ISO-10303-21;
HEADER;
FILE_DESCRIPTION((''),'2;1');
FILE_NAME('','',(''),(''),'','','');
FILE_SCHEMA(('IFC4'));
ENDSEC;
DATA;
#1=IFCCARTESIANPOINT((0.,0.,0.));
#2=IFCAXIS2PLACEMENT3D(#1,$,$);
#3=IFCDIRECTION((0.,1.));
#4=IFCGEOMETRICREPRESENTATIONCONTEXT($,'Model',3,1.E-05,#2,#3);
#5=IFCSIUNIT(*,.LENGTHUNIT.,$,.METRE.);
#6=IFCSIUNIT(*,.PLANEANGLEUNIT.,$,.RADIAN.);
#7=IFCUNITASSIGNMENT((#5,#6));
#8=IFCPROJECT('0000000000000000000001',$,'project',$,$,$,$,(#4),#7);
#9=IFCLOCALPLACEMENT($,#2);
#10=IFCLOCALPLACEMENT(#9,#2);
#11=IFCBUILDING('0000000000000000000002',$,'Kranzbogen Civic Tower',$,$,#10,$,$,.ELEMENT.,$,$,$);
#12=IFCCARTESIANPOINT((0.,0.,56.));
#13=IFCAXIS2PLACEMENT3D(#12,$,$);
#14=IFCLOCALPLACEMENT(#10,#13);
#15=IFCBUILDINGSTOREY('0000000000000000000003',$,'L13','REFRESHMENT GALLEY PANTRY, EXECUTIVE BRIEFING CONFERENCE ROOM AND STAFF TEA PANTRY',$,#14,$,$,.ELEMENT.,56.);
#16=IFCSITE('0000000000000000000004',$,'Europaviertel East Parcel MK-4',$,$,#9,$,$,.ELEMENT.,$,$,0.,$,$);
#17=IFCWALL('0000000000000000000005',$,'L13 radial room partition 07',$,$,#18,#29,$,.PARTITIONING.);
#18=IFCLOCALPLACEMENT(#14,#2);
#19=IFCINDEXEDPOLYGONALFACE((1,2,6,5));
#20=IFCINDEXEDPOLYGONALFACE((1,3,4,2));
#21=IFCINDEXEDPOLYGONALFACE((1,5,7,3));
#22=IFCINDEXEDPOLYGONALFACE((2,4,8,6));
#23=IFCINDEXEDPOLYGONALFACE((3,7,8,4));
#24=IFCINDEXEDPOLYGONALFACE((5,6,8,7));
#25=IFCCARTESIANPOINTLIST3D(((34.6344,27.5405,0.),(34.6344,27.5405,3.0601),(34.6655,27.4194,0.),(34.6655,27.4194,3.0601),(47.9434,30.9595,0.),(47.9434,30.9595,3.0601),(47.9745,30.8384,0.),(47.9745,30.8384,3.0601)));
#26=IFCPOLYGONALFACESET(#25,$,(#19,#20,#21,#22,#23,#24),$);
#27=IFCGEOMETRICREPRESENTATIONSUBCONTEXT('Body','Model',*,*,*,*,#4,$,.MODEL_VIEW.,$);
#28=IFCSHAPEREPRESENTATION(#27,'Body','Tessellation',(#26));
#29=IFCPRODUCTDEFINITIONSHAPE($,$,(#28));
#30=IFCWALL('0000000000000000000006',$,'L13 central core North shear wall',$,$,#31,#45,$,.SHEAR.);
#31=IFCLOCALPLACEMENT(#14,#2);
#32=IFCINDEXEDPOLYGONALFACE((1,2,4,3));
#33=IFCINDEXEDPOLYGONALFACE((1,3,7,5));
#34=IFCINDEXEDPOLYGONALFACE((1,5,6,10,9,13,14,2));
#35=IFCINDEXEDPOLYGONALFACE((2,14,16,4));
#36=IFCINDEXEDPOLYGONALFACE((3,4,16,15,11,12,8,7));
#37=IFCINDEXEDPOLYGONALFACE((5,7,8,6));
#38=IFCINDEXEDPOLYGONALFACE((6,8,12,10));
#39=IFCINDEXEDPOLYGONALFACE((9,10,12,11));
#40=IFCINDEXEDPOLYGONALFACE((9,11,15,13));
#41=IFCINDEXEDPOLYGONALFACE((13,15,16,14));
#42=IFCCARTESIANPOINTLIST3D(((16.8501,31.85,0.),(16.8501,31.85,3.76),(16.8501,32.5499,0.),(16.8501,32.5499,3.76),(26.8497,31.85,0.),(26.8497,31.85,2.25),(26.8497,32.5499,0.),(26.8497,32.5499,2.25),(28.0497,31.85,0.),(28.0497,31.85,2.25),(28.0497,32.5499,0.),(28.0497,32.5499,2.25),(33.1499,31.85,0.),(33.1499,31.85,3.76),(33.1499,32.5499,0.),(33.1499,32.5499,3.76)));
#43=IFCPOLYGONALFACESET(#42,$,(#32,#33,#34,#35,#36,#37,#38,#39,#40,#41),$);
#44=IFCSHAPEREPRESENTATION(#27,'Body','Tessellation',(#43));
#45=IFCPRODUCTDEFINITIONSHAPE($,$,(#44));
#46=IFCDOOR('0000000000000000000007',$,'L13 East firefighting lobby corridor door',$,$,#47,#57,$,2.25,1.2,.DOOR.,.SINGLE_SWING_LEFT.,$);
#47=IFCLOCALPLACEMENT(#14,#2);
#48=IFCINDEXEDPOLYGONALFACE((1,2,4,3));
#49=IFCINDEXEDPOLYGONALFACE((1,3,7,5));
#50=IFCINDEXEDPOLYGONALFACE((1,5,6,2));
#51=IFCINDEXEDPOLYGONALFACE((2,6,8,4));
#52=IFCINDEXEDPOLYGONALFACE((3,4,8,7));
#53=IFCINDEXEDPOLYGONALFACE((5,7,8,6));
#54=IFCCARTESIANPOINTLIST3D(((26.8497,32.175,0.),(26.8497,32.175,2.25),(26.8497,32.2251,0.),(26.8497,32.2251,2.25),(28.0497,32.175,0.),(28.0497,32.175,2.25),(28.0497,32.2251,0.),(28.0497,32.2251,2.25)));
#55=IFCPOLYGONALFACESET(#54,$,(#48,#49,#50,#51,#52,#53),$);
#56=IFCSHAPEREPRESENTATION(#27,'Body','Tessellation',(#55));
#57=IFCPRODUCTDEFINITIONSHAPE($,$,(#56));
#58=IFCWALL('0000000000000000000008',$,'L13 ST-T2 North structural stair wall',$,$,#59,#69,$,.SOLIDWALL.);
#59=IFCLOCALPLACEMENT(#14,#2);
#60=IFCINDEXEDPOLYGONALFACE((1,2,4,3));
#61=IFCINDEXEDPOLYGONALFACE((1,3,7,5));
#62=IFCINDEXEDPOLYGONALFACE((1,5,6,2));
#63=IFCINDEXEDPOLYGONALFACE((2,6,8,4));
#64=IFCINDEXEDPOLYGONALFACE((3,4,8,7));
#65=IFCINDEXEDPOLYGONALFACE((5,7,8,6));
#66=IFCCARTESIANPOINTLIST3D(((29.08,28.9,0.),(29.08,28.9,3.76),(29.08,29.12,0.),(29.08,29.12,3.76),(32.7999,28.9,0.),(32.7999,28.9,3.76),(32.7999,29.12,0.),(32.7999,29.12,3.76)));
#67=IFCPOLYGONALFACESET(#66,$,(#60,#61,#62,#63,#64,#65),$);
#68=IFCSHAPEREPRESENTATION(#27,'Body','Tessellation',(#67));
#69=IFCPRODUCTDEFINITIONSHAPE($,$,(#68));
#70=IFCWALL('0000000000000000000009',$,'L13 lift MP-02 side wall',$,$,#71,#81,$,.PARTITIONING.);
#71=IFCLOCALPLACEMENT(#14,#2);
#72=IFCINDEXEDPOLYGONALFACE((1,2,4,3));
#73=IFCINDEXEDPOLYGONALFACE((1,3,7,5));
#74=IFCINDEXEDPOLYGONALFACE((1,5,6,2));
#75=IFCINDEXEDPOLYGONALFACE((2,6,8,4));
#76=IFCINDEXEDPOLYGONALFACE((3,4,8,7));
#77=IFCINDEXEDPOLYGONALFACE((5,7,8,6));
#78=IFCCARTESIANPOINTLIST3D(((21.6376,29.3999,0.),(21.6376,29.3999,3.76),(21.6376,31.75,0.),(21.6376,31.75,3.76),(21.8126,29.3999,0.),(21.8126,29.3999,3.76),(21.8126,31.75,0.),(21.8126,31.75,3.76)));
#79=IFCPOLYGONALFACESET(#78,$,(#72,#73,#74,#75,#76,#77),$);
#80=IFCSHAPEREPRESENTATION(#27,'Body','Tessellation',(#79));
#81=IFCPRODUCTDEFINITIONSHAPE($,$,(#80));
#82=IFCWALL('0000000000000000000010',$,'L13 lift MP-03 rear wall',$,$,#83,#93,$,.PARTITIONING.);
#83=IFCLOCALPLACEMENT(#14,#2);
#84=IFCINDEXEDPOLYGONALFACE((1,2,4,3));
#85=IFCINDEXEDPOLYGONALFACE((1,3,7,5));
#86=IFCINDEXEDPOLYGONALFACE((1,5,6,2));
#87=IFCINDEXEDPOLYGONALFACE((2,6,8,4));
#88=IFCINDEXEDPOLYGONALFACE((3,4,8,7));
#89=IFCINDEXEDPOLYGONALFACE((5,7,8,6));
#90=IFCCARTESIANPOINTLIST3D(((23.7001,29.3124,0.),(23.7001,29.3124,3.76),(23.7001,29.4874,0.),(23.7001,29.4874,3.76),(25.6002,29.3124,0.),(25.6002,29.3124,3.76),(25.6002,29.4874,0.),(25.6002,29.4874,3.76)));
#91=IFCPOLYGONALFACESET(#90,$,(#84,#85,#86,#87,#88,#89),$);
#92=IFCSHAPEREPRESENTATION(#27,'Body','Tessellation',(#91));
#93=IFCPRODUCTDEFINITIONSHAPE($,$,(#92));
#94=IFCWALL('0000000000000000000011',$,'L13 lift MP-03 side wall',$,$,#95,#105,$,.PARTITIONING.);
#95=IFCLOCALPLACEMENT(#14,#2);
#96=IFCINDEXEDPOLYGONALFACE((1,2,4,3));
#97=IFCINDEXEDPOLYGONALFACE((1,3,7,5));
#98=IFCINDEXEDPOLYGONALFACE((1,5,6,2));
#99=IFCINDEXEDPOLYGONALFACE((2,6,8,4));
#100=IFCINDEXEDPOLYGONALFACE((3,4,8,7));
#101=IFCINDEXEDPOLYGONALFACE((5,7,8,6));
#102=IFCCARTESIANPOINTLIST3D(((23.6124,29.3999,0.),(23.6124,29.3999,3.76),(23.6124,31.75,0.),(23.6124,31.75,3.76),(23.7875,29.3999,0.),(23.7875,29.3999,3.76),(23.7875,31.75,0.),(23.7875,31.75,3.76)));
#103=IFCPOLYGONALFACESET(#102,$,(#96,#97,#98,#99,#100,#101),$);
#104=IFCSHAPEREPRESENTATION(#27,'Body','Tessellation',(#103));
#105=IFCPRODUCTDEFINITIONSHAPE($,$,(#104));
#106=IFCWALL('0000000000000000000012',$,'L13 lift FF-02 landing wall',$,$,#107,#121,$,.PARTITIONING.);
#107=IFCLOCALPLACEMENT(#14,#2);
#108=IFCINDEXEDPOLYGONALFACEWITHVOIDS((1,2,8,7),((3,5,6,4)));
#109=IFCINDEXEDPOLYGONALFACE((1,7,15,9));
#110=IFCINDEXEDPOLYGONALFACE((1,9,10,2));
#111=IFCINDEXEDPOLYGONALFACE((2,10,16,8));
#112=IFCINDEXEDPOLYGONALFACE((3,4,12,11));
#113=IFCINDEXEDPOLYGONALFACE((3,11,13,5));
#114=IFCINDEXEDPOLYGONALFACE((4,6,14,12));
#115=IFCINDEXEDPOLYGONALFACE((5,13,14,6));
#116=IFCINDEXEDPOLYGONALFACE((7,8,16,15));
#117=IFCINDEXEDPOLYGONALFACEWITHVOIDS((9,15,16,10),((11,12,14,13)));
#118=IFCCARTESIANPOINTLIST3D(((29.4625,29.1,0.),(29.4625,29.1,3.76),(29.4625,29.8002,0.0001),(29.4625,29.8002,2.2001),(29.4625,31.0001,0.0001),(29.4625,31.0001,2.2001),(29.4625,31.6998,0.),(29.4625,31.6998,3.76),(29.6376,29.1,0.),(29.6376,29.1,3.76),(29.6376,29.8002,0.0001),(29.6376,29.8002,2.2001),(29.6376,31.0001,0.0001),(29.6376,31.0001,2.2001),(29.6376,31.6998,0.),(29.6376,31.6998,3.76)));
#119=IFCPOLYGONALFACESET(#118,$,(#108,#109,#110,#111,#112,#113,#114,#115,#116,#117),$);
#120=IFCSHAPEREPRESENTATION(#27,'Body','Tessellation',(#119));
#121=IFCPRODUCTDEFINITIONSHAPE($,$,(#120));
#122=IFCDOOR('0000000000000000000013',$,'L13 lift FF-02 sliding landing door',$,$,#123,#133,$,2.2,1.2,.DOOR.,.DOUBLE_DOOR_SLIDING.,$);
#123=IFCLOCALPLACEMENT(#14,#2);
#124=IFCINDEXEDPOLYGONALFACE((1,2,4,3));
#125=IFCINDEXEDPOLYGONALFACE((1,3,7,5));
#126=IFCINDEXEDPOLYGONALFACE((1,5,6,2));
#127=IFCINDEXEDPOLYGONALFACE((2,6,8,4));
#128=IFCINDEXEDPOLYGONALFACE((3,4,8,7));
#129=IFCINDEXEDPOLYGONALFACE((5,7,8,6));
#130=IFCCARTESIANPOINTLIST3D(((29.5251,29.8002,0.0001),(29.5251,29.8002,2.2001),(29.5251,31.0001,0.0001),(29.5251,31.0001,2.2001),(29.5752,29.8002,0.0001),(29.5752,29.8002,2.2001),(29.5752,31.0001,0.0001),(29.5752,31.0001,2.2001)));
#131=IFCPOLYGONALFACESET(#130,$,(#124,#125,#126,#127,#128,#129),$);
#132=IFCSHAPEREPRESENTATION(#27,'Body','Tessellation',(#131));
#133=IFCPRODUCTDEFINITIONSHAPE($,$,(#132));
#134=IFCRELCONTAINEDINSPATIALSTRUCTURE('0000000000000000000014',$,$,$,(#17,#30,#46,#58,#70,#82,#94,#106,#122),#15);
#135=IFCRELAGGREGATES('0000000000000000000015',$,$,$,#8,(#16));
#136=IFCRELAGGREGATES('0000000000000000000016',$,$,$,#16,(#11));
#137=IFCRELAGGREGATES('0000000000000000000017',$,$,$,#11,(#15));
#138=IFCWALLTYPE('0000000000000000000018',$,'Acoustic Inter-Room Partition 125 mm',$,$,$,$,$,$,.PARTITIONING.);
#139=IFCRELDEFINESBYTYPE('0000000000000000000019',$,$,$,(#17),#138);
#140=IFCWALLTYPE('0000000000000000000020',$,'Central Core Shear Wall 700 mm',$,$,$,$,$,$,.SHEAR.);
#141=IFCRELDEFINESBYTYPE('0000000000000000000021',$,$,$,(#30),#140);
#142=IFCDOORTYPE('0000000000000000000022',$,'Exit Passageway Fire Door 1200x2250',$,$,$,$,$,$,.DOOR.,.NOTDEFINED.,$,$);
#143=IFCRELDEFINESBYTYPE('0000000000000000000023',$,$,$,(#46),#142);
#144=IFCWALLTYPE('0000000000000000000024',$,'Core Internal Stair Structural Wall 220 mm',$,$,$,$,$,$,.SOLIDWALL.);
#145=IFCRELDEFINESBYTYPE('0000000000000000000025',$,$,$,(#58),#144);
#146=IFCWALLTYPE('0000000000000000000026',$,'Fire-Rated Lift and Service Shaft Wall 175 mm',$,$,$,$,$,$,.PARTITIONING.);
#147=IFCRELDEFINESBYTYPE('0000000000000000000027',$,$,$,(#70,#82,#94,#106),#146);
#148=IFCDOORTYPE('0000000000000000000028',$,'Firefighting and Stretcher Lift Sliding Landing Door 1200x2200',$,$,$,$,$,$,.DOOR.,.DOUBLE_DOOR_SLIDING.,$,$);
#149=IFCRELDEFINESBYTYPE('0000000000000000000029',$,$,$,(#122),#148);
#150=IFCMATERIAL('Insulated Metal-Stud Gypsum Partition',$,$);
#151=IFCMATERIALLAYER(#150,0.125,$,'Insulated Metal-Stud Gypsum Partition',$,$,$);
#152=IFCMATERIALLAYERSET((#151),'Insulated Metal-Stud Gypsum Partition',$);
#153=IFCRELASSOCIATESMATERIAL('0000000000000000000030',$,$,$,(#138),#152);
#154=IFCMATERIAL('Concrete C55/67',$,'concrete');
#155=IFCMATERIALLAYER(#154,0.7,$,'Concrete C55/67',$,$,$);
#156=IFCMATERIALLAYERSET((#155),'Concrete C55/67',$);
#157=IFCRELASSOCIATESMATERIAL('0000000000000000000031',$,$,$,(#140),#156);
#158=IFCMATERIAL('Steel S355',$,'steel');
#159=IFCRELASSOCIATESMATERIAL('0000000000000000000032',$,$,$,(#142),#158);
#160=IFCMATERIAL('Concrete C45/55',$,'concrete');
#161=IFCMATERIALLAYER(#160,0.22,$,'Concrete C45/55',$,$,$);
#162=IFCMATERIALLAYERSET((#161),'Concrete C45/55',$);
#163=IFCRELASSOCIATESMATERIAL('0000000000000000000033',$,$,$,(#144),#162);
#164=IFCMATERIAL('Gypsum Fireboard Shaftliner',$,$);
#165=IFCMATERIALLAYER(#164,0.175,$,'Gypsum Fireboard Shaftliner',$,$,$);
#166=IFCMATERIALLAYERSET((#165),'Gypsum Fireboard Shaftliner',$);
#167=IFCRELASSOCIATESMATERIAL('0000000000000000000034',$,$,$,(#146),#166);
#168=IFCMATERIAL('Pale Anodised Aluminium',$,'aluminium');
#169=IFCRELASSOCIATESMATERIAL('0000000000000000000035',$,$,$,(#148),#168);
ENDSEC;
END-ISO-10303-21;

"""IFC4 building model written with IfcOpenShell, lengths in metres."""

from ifc_helpers import new_model, si_unit, direction, frame, frame_2d, origin, place, context, subcontext, project, spatial, rectangle, extrude, material, layer, layer_set, type_object, element, fill, save


model = new_model("IFC4")

# Units and contexts
model_context = context("Model", 3, precision=1e-05, world=origin(), true_north=direction((0.0, 1.0)))
body_context = subcontext(model_context, "Body", "Model", "MODEL_VIEW")
ifc_project = project(units=[si_unit("LENGTHUNIT", "METRE"), si_unit("PLANEANGLEUNIT", "RADIAN")], contexts=[model_context])

# Site, building, storey
site_placement = place(None, origin())
site = spatial("IfcSite", under=ifc_project, at=site_placement, Name="Europaviertel East Parcel MK-4", CompositionType="ELEMENT", RefElevation=0.0)
building_placement = place(site_placement, origin())
building = spatial("IfcBuilding", under=site, at=building_placement, Name="Kranzbogen Civic Tower", CompositionType="ELEMENT")
storey_placement = place(building_placement, frame((0.0, 0.0, 56.0)))
storey = spatial("IfcBuildingStorey", under=building, at=storey_placement, Name="L13", Description="REFRESHMENT GALLEY PANTRY, EXECUTIVE BRIEFING CONFERENCE ROOM AND STAFF TEA PANTRY", CompositionType="ELEMENT", Elevation=56.0)

# Shared definitions
ifc_material_1 = material(Name="Steel S355", Category="steel")

# Wall
ifc_material_2 = material(Name="Insulated Metal-Stud Gypsum Partition")
ifc_layer_1 = layer(ifc_material_2, 0.125, Name="Insulated Metal-Stud Gypsum Partition")
ifc_layer_set_1 = layer_set([ifc_layer_1], Name="Insulated Metal-Stud Gypsum Partition")
wall_type_1 = type_object("IfcWallType", Name="Acoustic Inter-Room Partition 125 mm", PredefinedType="PARTITIONING", material=ifc_layer_set_1)
wall_1_placement = place(storey_placement, frame((34.6499, 27.48, 0.0), z_axis=(0.0, 0.0, 1.0), x_axis=(0.968552, 0.24881, 0.0)))
element("IfcWall", 1, at=wall_1_placement, inside=storey, type_object=wall_type_1, Name="L13 radial room partition 07", PredefinedType="PARTITIONING", context=body_context, shape_type="SweptSolid", body=[
    extrude(rectangle(XDim=13.7412, YDim=0.125, at=frame_2d((6.8706, 0.0))), origin(), (0.0, 0.0, 1.0), 3.0601),
])

# Wall, opening, door
ifc_material_3 = material(Name="Concrete C55/67", Category="concrete")
ifc_layer_2 = layer(ifc_material_3, 0.7, Name="Concrete C55/67")
ifc_layer_set_2 = layer_set([ifc_layer_2], Name="Concrete C55/67")
wall_type_2 = type_object("IfcWallType", Name="Central Core Shear Wall 700 mm", PredefinedType="SHEAR", material=ifc_layer_set_2)
wall_2_placement = place(storey_placement, frame((33.1499, 32.2, 0.0), z_axis=(0.0, 0.0, 1.0), x_axis=(-1.0, 0.0, 0.0)))
wall_2 = element("IfcWall", 2, at=wall_2_placement, inside=storey, type_object=wall_type_2, Name="L13 central core North shear wall", PredefinedType="SHEAR", context=body_context, shape_type="SweptSolid", body=[
    extrude(rectangle(XDim=16.2998, YDim=0.7, at=frame_2d((8.1499, 0.0))), origin(), (0.0, 0.0, 1.0), 3.76),
])
opening_1_placement = place(wall_2_placement, frame((5.1001, 0.0, 0.0)))
opening_1 = element("IfcOpeningElement", 3, at=opening_1_placement, cuts=wall_2, PredefinedType="OPENING", context=body_context, shape_type="SweptSolid", body=[
    extrude(rectangle(XDim=1.2, YDim=2.25, at=frame_2d((0.6001, 1.125))), frame((0.0, 0.3599, 0.0), z_axis=(0.0, -1.0, 0.0), x_axis=(1.0, 0.0, 0.0)), (0.0, 0.0, 1.0), 0.72),
])
door_type_1 = type_object("IfcDoorType", Name="Exit Passageway Fire Door 1200x2250", OperationType="NOTDEFINED", PredefinedType="DOOR", material=ifc_material_1)
door_1_placement = place(opening_1_placement, origin())
door_1 = element("IfcDoor", 4, at=door_1_placement, inside=storey, type_object=door_type_1, Name="L13 East firefighting lobby corridor door", OperationType="SINGLE_SWING_LEFT", OverallHeight=2.25, OverallWidth=1.2, PredefinedType="DOOR", context=body_context, shape_type="SweptSolid", body=[
    extrude(rectangle(XDim=1.2, YDim=2.25, at=frame_2d((0.6001, 1.125))), frame((0.0, 0.0249, 0.0), z_axis=(0.0, -1.0, 0.0), x_axis=(1.0, 0.0, 0.0)), (0.0, 0.0, 1.0), 0.05),
])
fill(opening_1, door_1)

# Walls
ifc_material_4 = material(Name="Concrete C45/55", Category="concrete")
ifc_layer_3 = layer(ifc_material_4, 0.22, Name="Concrete C45/55")
ifc_layer_set_3 = layer_set([ifc_layer_3], Name="Concrete C45/55")
wall_type_3 = type_object("IfcWallType", Name="Core Internal Stair Structural Wall 220 mm", PredefinedType="SOLIDWALL", material=ifc_layer_set_3)
wall_3_placement = place(storey_placement, frame((29.0801, 29.01, 0.0), z_axis=(0.0, 0.0, 1.0), x_axis=(1.0, 0.0, 0.0)))
element("IfcWall", 5, at=wall_3_placement, inside=storey, type_object=wall_type_3, Name="L13 ST-T2 North structural stair wall", PredefinedType="SOLIDWALL", context=body_context, shape_type="SweptSolid", body=[
    extrude(rectangle(XDim=3.72, YDim=0.22, at=frame_2d((1.8599, 0.0))), origin(), (0.0, 0.0, 1.0), 3.76),
])
ifc_material_5 = material(Name="Gypsum Fireboard Shaftliner")
ifc_layer_4 = layer(ifc_material_5, 0.175, Name="Gypsum Fireboard Shaftliner")
ifc_layer_set_4 = layer_set([ifc_layer_4], Name="Gypsum Fireboard Shaftliner")
wall_type_4 = type_object("IfcWallType", Name="Fire-Rated Lift and Service Shaft Wall 175 mm", PredefinedType="PARTITIONING", material=ifc_layer_set_4)
wall_4_placement = place(storey_placement, frame((21.7251, 29.3999, 0.0), z_axis=(0.0, 0.0, 1.0), x_axis=(0.0, 1.0, 0.0)))
element("IfcWall", 6, at=wall_4_placement, inside=storey, type_object=wall_type_4, Name="L13 lift MP-02 side wall", PredefinedType="PARTITIONING", context=body_context, shape_type="SweptSolid", body=[
    extrude(rectangle(XDim=2.3501, YDim=0.175, at=frame_2d((1.175, 0.0))), origin(), (0.0, 0.0, 1.0), 3.76),
])
wall_5_placement = place(storey_placement, frame((23.7, 29.3999, 0.0), z_axis=(0.0, 0.0, 1.0), x_axis=(1.0, 0.0, 0.0)))
element("IfcWall", 7, at=wall_5_placement, inside=storey, type_object=wall_type_4, Name="L13 lift MP-03 rear wall", PredefinedType="PARTITIONING", context=body_context, shape_type="SweptSolid", body=[
    extrude(rectangle(XDim=1.9001, YDim=0.175, at=frame_2d((0.9502, 0.0))), origin(), (0.0, 0.0, 1.0), 3.76),
])
wall_6_placement = place(storey_placement, frame((23.7, 29.3999, 0.0), z_axis=(0.0, 0.0, 1.0), x_axis=(0.0, 1.0, 0.0)))
element("IfcWall", 8, at=wall_6_placement, inside=storey, type_object=wall_type_4, Name="L13 lift MP-03 side wall", PredefinedType="PARTITIONING", context=body_context, shape_type="SweptSolid", body=[
    extrude(rectangle(XDim=2.3501, YDim=0.175, at=frame_2d((1.175, 0.0))), origin(), (0.0, 0.0, 1.0), 3.76),
])

# Wall, opening, door
wall_7_placement = place(storey_placement, frame((29.55, 29.1001, 0.0), z_axis=(0.0, 0.0, 1.0), x_axis=(0.0, 1.0, 0.0)))
wall_7 = element("IfcWall", 9, at=wall_7_placement, inside=storey, type_object=wall_type_4, Name="L13 lift FF-02 landing wall", PredefinedType="PARTITIONING", context=body_context, shape_type="SweptSolid", body=[
    extrude(rectangle(XDim=2.5999, YDim=0.175, at=frame_2d((1.2998, 0.0))), origin(), (0.0, 0.0, 1.0), 3.76),
])
opening_2_placement = place(wall_7_placement, frame((0.7, 0.0, 0.0)))
opening_2 = element("IfcOpeningElement", 10, at=opening_2_placement, cuts=wall_7, PredefinedType="OPENING", context=body_context, shape_type="SweptSolid", body=[
    extrude(rectangle(XDim=1.2, YDim=2.2, at=frame_2d((0.6001, 1.1001))), frame((0.0, 0.0977, 0.0), z_axis=(0.0, -1.0, 0.0), x_axis=(1.0, 0.0, 0.0)), (0.0, 0.0, 1.0), 0.1951),
])
ifc_material_6 = material(Name="Pale Anodised Aluminium", Category="aluminium")
door_type_2 = type_object("IfcDoorType", Name="Firefighting and Stretcher Lift Sliding Landing Door 1200x2200", OperationType="DOUBLE_DOOR_SLIDING", PredefinedType="DOOR", material=ifc_material_6)
door_2_placement = place(opening_2_placement, origin())
door_2 = element("IfcDoor", 11, at=door_2_placement, inside=storey, type_object=door_type_2, Name="L13 lift FF-02 sliding landing door", OperationType="DOUBLE_DOOR_SLIDING", OverallHeight=2.2, OverallWidth=1.2, PredefinedType="DOOR", context=body_context, shape_type="SweptSolid", body=[
    extrude(rectangle(XDim=1.2, YDim=2.2, at=frame_2d((0.6001, 1.1001))), frame((0.0, 0.0249, 0.0), z_axis=(0.0, -1.0, 0.0), x_axis=(1.0, 0.0, 0.0)), (0.0, 0.0, 1.0), 0.05),
])
fill(opening_2, door_2)

save(model, "model.ifc")
